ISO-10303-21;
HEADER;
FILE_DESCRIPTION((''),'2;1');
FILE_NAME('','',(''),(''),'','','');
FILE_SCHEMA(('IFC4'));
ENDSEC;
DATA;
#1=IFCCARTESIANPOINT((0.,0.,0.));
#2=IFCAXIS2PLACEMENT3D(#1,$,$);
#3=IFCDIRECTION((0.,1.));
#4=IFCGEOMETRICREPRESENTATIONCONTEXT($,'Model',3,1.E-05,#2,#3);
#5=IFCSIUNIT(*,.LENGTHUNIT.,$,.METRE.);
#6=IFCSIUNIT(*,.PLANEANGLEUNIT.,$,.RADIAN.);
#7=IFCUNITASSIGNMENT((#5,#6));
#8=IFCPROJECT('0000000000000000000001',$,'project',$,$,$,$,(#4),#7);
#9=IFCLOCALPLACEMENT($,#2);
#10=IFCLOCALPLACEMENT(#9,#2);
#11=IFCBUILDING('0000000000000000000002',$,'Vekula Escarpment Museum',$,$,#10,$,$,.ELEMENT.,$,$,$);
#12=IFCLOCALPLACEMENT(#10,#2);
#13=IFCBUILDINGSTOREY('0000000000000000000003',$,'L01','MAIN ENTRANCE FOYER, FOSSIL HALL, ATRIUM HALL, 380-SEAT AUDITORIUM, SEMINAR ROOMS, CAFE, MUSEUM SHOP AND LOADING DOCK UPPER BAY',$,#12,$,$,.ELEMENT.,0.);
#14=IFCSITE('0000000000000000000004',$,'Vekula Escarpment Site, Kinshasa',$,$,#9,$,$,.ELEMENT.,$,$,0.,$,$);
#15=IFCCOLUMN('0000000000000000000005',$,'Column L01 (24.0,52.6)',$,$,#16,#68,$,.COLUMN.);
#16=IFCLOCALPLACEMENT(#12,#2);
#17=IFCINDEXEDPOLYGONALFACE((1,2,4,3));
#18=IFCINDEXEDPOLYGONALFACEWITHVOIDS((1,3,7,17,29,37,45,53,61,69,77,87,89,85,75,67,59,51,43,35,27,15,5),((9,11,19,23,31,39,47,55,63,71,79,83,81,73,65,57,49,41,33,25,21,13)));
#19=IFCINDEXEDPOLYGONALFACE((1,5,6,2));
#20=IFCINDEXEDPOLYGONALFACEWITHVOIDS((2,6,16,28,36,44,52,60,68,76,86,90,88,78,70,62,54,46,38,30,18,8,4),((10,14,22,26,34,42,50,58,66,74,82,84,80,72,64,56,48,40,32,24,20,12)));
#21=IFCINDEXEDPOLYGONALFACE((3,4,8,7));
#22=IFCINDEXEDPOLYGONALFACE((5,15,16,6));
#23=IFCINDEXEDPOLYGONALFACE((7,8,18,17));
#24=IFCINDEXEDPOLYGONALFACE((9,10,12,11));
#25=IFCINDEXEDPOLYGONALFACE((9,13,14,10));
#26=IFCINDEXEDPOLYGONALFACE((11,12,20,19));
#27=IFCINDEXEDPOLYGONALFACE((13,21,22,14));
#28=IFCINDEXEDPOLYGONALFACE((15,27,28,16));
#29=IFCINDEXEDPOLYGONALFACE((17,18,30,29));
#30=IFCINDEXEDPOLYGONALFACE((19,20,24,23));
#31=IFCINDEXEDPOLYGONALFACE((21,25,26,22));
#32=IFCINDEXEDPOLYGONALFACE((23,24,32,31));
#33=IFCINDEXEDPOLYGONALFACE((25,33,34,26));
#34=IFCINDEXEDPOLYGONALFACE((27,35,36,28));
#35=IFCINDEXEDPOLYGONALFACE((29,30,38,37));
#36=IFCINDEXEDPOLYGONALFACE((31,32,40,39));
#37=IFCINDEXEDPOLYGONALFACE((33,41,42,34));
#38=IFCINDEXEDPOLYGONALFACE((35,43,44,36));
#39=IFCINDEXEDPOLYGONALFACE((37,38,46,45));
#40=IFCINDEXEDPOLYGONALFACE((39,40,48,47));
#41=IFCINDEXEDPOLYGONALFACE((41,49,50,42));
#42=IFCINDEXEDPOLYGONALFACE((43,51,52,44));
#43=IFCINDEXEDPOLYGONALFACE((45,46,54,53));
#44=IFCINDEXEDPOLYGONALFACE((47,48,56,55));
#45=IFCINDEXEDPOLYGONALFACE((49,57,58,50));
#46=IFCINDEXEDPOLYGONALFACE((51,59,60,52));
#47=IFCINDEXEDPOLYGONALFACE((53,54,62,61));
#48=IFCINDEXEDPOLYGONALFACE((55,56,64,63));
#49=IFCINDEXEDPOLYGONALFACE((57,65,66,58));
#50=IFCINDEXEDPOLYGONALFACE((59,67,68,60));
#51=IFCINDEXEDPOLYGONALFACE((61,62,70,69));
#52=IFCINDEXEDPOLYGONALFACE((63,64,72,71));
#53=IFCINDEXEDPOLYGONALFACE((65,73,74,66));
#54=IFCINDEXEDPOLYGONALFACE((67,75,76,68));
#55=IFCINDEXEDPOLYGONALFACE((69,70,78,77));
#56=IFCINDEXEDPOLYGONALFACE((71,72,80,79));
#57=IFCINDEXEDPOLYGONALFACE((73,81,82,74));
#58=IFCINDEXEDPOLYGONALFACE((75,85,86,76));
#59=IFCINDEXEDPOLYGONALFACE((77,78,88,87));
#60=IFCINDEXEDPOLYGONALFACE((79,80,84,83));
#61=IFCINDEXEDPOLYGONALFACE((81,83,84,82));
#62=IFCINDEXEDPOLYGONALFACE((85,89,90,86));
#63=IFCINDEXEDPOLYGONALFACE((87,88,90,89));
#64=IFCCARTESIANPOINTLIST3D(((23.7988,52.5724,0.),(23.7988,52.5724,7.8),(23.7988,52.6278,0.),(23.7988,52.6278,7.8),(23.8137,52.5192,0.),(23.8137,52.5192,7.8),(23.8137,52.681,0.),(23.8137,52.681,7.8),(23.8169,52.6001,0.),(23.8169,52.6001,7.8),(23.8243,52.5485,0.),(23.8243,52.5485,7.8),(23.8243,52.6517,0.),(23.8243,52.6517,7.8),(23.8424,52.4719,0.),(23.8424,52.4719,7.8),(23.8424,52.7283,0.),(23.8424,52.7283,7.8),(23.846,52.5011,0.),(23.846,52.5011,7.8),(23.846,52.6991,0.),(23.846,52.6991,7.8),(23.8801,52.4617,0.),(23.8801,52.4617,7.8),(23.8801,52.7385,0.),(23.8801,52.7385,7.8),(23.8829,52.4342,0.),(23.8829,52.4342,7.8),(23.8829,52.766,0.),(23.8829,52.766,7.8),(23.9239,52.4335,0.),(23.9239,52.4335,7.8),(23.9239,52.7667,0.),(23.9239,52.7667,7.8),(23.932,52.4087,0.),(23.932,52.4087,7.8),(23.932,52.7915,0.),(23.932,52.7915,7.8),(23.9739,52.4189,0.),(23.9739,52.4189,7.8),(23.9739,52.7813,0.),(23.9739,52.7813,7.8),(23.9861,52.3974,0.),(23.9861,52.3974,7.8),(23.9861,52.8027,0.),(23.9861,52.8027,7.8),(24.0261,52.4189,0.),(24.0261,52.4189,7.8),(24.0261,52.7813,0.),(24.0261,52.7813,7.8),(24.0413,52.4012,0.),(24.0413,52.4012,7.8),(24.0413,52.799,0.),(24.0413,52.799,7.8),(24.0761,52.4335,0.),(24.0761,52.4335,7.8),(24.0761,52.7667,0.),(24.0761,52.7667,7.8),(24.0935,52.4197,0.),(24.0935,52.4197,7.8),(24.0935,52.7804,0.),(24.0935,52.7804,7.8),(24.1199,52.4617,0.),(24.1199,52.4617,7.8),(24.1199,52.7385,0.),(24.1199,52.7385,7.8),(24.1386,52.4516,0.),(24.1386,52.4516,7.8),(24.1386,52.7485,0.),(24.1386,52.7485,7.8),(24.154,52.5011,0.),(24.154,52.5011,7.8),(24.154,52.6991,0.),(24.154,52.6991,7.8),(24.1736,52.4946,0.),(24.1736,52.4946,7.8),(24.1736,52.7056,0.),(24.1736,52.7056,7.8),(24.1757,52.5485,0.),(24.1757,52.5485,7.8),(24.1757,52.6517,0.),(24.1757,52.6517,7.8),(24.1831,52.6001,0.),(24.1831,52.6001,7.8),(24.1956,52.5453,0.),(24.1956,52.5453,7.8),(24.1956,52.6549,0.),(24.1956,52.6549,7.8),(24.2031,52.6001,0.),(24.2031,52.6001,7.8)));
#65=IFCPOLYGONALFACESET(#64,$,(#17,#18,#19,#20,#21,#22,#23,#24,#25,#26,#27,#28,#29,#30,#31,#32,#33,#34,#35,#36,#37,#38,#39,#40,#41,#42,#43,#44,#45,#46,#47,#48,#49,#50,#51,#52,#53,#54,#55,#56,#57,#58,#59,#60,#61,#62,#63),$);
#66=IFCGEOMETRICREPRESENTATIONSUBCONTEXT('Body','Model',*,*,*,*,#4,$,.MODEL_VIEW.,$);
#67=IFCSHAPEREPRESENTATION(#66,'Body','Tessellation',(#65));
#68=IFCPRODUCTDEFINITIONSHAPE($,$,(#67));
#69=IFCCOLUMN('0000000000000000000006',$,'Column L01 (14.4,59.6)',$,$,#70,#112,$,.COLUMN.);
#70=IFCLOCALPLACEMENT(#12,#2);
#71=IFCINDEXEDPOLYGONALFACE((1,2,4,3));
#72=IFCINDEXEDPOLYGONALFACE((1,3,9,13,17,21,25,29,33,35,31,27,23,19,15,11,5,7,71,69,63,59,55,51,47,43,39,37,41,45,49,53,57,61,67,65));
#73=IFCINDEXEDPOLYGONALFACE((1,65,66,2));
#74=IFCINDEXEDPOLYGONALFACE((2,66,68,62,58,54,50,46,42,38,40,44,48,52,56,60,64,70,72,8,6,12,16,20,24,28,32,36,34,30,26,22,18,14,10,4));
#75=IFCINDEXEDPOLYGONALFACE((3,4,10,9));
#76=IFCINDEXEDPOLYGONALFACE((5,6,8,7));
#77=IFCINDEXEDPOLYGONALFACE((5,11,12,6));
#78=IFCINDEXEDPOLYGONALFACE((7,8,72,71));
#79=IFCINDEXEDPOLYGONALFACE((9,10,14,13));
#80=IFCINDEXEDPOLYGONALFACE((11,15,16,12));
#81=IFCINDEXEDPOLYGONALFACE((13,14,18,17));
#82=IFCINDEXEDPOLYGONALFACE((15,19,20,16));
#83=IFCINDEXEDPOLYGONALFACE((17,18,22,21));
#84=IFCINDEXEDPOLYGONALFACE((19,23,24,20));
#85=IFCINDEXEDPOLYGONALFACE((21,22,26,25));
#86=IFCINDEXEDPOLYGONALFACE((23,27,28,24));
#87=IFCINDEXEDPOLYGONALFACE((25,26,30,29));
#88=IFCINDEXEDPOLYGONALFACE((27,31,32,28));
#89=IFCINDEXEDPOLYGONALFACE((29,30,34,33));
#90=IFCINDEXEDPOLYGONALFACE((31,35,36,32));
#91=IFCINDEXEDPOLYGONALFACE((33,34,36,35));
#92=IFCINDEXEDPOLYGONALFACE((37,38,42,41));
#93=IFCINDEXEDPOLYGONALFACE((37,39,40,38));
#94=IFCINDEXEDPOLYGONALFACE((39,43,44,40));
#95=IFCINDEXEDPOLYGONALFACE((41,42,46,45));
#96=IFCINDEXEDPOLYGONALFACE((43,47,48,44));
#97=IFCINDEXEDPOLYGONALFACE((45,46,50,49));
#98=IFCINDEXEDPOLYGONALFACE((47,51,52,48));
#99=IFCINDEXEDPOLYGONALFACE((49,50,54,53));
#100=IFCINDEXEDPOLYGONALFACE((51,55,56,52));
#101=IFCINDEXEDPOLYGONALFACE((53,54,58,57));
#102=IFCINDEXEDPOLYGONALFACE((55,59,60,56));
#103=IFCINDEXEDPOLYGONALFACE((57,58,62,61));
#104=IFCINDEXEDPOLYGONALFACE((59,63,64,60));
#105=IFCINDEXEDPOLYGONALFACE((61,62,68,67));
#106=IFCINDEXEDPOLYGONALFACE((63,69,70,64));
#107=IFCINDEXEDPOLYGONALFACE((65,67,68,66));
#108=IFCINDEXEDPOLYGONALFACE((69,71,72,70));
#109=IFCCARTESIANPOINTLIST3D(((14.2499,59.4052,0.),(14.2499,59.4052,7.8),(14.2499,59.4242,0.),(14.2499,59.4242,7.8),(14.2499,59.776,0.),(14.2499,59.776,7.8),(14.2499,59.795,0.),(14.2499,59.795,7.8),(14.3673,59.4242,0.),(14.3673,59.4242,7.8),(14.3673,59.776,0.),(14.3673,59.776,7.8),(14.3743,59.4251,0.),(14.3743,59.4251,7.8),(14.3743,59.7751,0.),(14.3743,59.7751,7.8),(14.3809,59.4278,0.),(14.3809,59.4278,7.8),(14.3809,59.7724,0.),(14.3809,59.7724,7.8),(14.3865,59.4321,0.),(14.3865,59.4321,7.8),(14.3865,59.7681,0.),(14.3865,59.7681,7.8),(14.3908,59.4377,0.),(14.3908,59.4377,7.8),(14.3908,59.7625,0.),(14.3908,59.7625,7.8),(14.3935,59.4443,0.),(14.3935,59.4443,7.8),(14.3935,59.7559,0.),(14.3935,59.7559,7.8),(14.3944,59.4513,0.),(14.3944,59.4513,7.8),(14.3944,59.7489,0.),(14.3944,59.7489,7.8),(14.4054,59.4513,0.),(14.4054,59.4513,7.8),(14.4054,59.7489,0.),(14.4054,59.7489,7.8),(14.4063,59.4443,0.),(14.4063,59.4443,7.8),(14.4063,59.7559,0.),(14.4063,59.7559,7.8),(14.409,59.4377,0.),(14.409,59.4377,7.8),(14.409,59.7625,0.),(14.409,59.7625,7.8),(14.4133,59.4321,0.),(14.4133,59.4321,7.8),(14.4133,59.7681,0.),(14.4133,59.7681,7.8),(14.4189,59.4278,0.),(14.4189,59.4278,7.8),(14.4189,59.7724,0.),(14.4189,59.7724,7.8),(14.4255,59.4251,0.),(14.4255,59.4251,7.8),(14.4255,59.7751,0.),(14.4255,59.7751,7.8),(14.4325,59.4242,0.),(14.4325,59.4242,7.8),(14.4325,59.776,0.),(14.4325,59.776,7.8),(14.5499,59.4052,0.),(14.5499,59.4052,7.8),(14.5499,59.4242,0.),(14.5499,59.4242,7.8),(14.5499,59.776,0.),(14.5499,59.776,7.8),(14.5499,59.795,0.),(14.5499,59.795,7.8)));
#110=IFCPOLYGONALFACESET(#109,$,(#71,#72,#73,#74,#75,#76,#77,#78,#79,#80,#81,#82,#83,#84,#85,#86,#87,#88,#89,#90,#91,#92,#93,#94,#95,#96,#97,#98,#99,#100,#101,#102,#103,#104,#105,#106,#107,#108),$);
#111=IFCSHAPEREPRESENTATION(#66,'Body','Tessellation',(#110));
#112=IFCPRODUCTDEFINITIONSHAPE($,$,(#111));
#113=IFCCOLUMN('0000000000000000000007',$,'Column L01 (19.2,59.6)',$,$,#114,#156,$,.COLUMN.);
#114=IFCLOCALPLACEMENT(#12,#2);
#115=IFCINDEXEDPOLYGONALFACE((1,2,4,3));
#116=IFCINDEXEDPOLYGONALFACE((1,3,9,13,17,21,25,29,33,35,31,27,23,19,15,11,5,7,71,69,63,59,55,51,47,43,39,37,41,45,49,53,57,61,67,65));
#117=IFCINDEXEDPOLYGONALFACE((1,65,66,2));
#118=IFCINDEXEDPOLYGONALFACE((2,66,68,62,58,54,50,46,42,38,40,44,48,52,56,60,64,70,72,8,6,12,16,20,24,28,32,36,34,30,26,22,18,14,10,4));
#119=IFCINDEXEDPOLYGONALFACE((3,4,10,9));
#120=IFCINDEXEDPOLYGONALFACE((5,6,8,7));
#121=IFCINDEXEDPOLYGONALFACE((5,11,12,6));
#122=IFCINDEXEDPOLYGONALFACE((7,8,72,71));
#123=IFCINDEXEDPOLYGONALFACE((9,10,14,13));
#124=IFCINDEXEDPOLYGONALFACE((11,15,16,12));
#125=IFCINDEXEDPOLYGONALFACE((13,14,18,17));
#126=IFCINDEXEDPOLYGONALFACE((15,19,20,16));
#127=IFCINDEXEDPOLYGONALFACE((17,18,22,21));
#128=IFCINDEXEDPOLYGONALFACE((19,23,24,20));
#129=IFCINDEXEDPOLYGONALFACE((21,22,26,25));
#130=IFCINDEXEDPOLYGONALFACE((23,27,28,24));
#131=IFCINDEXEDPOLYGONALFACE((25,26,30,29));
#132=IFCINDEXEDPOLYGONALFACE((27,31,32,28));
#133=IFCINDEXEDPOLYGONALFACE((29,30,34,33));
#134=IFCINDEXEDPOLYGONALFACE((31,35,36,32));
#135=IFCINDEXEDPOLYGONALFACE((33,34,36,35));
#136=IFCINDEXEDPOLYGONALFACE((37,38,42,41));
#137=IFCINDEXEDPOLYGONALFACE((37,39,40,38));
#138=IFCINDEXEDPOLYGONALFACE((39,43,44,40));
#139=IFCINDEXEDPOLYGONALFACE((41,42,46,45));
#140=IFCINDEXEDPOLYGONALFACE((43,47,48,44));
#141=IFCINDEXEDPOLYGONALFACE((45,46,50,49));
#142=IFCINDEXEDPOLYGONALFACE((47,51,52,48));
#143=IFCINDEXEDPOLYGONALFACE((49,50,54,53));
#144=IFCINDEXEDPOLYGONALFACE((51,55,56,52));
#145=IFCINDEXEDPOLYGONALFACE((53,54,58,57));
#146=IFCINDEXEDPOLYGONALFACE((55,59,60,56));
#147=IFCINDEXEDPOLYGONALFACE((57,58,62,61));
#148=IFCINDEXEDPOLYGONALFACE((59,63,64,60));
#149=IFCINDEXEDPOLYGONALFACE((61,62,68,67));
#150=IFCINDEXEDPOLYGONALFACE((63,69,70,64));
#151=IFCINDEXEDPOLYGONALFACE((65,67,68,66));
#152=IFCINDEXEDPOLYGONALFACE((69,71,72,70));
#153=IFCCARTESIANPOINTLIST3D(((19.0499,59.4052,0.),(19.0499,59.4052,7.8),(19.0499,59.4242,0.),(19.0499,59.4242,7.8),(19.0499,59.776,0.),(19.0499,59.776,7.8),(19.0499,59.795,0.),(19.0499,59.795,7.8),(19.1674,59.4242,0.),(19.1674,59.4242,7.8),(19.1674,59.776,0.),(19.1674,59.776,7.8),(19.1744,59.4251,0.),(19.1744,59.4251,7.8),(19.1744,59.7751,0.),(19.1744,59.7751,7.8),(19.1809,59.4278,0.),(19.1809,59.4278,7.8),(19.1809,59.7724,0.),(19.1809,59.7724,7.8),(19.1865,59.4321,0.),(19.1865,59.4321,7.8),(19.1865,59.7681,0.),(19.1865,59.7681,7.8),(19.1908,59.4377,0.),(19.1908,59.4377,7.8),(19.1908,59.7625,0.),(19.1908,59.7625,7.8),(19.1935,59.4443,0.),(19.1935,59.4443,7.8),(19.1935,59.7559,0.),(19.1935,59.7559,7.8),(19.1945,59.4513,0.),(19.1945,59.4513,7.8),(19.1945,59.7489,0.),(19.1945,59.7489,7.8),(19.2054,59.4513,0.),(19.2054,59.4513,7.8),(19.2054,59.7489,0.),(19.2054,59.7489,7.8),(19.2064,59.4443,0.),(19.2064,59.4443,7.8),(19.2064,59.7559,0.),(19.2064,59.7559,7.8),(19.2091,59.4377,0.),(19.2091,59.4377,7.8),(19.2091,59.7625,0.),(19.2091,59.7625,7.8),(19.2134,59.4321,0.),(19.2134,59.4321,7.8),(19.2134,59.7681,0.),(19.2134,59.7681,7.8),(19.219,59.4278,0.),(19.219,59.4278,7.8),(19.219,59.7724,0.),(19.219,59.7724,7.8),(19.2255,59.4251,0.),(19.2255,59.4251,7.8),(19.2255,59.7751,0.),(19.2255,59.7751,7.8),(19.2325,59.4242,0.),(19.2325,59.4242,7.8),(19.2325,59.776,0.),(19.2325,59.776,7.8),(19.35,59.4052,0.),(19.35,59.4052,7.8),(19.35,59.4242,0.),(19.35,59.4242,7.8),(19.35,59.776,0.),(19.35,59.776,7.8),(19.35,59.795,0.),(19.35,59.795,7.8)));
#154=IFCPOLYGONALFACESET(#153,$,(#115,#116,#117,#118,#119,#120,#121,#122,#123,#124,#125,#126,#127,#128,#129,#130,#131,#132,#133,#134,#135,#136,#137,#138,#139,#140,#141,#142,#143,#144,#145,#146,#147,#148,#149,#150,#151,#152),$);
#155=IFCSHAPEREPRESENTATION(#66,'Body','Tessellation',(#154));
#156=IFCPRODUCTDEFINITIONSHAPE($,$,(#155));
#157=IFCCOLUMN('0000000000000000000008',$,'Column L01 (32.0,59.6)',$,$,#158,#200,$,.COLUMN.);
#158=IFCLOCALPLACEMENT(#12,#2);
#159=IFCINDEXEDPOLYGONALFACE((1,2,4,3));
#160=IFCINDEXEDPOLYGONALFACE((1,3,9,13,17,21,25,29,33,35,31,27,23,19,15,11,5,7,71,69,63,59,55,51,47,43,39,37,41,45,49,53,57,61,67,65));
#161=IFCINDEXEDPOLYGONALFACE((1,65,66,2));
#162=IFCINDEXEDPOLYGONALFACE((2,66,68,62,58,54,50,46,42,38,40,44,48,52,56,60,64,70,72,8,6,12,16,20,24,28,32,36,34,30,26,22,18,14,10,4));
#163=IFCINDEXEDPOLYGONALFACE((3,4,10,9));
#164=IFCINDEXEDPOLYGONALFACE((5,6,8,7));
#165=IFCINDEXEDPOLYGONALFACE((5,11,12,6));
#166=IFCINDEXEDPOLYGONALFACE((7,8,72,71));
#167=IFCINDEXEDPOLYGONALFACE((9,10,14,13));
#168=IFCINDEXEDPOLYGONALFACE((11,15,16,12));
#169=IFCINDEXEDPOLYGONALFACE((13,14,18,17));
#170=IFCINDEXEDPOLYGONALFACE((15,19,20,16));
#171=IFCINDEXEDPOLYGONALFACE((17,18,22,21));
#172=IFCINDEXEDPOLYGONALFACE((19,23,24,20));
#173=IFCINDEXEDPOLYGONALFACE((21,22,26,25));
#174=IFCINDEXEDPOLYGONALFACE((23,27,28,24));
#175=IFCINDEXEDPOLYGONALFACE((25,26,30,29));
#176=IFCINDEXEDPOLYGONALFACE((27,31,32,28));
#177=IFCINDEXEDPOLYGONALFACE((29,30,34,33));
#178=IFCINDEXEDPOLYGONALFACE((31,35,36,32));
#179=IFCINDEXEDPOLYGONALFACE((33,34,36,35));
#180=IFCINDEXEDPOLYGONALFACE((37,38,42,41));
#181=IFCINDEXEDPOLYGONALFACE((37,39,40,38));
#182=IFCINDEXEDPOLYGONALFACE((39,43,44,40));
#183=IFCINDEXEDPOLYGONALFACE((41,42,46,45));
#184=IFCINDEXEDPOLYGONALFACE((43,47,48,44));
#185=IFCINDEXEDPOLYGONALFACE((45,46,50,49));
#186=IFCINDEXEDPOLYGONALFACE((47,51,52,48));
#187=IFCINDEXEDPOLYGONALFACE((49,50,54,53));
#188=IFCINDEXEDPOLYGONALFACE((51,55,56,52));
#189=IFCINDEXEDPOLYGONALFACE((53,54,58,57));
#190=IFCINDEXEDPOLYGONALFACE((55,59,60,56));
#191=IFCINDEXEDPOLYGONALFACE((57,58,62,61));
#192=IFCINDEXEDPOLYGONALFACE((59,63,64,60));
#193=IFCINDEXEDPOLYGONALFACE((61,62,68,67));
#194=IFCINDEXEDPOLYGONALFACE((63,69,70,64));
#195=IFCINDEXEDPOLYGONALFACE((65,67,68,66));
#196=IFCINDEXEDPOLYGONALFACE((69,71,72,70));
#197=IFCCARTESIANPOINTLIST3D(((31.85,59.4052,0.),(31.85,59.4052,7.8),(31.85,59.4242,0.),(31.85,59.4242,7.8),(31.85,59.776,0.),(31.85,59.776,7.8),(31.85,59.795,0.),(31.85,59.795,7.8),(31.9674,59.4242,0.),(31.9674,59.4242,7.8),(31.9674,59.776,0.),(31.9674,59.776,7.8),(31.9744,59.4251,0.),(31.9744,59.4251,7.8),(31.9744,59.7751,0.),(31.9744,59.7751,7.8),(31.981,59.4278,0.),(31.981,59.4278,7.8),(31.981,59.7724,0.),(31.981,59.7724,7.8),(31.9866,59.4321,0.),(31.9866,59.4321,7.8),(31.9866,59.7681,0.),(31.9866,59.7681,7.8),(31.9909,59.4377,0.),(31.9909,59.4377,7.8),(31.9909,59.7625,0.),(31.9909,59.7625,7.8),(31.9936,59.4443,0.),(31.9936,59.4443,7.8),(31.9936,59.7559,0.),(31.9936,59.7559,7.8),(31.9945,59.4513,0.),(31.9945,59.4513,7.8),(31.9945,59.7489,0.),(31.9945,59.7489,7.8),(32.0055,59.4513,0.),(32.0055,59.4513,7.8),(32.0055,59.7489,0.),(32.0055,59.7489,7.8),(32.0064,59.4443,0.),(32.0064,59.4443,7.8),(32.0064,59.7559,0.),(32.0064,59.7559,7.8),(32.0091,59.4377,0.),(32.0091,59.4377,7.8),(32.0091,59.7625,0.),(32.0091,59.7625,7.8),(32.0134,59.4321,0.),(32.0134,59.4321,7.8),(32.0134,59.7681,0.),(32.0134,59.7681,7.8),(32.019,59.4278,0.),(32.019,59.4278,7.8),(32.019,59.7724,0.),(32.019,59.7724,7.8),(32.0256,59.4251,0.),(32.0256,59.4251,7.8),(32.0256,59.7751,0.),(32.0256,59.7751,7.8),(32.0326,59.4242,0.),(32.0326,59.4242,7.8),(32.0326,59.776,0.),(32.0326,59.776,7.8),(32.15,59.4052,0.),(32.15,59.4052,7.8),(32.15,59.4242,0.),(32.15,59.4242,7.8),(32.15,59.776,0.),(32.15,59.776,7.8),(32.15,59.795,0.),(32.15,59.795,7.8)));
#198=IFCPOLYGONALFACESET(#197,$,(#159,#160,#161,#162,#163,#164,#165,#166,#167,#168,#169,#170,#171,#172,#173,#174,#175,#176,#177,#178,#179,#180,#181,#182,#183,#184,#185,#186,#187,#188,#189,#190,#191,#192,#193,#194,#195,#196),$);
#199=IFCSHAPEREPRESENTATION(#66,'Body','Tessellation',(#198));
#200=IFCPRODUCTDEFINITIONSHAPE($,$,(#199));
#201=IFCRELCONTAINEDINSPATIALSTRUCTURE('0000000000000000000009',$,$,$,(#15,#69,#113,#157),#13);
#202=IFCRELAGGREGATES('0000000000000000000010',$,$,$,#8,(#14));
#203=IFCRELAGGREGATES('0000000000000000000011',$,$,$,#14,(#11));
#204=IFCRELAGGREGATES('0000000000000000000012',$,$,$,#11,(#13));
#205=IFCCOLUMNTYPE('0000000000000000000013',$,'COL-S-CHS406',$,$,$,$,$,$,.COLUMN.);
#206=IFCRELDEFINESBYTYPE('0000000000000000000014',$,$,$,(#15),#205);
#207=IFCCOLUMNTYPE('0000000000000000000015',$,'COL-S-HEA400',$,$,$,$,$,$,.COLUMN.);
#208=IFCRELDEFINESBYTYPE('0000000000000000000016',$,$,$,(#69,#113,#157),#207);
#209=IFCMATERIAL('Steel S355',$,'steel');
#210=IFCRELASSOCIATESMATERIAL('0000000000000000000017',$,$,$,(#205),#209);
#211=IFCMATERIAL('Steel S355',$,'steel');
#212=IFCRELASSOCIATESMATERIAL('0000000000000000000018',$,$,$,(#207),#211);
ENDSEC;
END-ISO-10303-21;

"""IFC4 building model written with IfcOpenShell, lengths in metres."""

from ifc_helpers import new_model, si_unit, direction, frame, origin, origin_2d, place, context, subcontext, project, spatial, hollow_circle, i_section, extrude, material, material_profile, profile_set, type_object, element, save


model = new_model("IFC4")

# Units and contexts
model_context = context("Model", 3, precision=1e-05, world=origin(), true_north=direction((0.0, 1.0)))
body_context = subcontext(model_context, "Body", "Model", "MODEL_VIEW")
ifc_project = project(units=[si_unit("LENGTHUNIT", "METRE"), si_unit("PLANEANGLEUNIT", "RADIAN")], contexts=[model_context])

# Site, building, storey
site_placement = place(None, origin())
site = spatial("IfcSite", under=ifc_project, at=site_placement, Name="Vekula Escarpment Site, Kinshasa", CompositionType="ELEMENT", RefElevation=0.0)
building_placement = place(site_placement, origin())
building = spatial("IfcBuilding", under=site, at=building_placement, Name="Vekula Escarpment Museum", CompositionType="ELEMENT")
storey_placement = place(building_placement, origin())
storey = spatial("IfcBuildingStorey", under=building, at=storey_placement, Name="L01", Description="MAIN ENTRANCE FOYER, FOSSIL HALL, ATRIUM HALL, 380-SEAT AUDITORIUM, SEMINAR ROOMS, CAFE, MUSEUM SHOP AND LOADING DOCK UPPER BAY", CompositionType="ELEMENT", Elevation=0.0)

# Columns
ifc_material_1 = material(Name="Steel S355", Category="steel")
ifc_material_profile_1 = material_profile(ifc_material_1, hollow_circle(Radius=0.2031, WallThickness=0.02, at=origin_2d()), Name="CHS 406.4x20")
ifc_profile_set_1 = profile_set([ifc_material_profile_1], Name="Steel S355")
column_type_1 = type_object("IfcColumnType", Name="COL-S-CHS406", PredefinedType="COLUMN", material=ifc_profile_set_1)
column_placement = place(storey_placement, frame((24.0, 52.6001, 0.0), z_axis=(0.0, 0.0, 1.0), x_axis=(1.0, 0.0, 0.0)))
element("IfcColumn", 1, at=column_placement, inside=storey, type_object=column_type_1, Name="Column L01 (24.0,52.6)", PredefinedType="COLUMN", context=body_context, shape_type="SweptSolid", body=[
    extrude(hollow_circle(Radius=0.2031, WallThickness=0.02, at=origin_2d()), origin(), (0.0, 0.0, 1.0), 7.8),
])
ifc_material_2 = material(Name="Steel S355", Category="steel")
ifc_material_profile_2 = material_profile(ifc_material_2, i_section(OverallWidth=0.3, OverallDepth=0.3899, WebThickness=0.011, FlangeThickness=0.019, FilletRadius=0.0271, at=origin_2d()), Name="HEA 400")
ifc_profile_set_2 = profile_set([ifc_material_profile_2], Name="Steel S355")
column_type_2 = type_object("IfcColumnType", Name="COL-S-HEA400", PredefinedType="COLUMN", material=ifc_profile_set_2)
for number, where, z_axis, x_axis, name in (
    (2, (14.3999, 59.6001, 0.0), (0.0, 0.0, 1.0), (1.0, 0.0, 0.0), "Column L01 (14.4,59.6)"),
    (3, (19.2, 59.6001, 0.0), (0.0, 0.0, 1.0), (1.0, 0.0, 0.0), "Column L01 (19.2,59.6)"),
    (4, (32.0, 59.6001, 0.0), (0.0, 0.0, 1.0), (1.0, 0.0, 0.0), "Column L01 (32.0,59.6)"),
):
    element("IfcColumn", number, at=place(storey_placement, frame(where, z_axis=z_axis, x_axis=x_axis)), inside=storey, type_object=column_type_2, Name=name, PredefinedType="COLUMN", context=body_context, shape_type="SweptSolid", body=[
        extrude(i_section(OverallWidth=0.3, OverallDepth=0.3899, WebThickness=0.011, FlangeThickness=0.019, FilletRadius=0.0271, at=origin_2d()), origin(), (0.0, 0.0, 1.0), 7.8),
    ])

save(model, "model.ifc")
